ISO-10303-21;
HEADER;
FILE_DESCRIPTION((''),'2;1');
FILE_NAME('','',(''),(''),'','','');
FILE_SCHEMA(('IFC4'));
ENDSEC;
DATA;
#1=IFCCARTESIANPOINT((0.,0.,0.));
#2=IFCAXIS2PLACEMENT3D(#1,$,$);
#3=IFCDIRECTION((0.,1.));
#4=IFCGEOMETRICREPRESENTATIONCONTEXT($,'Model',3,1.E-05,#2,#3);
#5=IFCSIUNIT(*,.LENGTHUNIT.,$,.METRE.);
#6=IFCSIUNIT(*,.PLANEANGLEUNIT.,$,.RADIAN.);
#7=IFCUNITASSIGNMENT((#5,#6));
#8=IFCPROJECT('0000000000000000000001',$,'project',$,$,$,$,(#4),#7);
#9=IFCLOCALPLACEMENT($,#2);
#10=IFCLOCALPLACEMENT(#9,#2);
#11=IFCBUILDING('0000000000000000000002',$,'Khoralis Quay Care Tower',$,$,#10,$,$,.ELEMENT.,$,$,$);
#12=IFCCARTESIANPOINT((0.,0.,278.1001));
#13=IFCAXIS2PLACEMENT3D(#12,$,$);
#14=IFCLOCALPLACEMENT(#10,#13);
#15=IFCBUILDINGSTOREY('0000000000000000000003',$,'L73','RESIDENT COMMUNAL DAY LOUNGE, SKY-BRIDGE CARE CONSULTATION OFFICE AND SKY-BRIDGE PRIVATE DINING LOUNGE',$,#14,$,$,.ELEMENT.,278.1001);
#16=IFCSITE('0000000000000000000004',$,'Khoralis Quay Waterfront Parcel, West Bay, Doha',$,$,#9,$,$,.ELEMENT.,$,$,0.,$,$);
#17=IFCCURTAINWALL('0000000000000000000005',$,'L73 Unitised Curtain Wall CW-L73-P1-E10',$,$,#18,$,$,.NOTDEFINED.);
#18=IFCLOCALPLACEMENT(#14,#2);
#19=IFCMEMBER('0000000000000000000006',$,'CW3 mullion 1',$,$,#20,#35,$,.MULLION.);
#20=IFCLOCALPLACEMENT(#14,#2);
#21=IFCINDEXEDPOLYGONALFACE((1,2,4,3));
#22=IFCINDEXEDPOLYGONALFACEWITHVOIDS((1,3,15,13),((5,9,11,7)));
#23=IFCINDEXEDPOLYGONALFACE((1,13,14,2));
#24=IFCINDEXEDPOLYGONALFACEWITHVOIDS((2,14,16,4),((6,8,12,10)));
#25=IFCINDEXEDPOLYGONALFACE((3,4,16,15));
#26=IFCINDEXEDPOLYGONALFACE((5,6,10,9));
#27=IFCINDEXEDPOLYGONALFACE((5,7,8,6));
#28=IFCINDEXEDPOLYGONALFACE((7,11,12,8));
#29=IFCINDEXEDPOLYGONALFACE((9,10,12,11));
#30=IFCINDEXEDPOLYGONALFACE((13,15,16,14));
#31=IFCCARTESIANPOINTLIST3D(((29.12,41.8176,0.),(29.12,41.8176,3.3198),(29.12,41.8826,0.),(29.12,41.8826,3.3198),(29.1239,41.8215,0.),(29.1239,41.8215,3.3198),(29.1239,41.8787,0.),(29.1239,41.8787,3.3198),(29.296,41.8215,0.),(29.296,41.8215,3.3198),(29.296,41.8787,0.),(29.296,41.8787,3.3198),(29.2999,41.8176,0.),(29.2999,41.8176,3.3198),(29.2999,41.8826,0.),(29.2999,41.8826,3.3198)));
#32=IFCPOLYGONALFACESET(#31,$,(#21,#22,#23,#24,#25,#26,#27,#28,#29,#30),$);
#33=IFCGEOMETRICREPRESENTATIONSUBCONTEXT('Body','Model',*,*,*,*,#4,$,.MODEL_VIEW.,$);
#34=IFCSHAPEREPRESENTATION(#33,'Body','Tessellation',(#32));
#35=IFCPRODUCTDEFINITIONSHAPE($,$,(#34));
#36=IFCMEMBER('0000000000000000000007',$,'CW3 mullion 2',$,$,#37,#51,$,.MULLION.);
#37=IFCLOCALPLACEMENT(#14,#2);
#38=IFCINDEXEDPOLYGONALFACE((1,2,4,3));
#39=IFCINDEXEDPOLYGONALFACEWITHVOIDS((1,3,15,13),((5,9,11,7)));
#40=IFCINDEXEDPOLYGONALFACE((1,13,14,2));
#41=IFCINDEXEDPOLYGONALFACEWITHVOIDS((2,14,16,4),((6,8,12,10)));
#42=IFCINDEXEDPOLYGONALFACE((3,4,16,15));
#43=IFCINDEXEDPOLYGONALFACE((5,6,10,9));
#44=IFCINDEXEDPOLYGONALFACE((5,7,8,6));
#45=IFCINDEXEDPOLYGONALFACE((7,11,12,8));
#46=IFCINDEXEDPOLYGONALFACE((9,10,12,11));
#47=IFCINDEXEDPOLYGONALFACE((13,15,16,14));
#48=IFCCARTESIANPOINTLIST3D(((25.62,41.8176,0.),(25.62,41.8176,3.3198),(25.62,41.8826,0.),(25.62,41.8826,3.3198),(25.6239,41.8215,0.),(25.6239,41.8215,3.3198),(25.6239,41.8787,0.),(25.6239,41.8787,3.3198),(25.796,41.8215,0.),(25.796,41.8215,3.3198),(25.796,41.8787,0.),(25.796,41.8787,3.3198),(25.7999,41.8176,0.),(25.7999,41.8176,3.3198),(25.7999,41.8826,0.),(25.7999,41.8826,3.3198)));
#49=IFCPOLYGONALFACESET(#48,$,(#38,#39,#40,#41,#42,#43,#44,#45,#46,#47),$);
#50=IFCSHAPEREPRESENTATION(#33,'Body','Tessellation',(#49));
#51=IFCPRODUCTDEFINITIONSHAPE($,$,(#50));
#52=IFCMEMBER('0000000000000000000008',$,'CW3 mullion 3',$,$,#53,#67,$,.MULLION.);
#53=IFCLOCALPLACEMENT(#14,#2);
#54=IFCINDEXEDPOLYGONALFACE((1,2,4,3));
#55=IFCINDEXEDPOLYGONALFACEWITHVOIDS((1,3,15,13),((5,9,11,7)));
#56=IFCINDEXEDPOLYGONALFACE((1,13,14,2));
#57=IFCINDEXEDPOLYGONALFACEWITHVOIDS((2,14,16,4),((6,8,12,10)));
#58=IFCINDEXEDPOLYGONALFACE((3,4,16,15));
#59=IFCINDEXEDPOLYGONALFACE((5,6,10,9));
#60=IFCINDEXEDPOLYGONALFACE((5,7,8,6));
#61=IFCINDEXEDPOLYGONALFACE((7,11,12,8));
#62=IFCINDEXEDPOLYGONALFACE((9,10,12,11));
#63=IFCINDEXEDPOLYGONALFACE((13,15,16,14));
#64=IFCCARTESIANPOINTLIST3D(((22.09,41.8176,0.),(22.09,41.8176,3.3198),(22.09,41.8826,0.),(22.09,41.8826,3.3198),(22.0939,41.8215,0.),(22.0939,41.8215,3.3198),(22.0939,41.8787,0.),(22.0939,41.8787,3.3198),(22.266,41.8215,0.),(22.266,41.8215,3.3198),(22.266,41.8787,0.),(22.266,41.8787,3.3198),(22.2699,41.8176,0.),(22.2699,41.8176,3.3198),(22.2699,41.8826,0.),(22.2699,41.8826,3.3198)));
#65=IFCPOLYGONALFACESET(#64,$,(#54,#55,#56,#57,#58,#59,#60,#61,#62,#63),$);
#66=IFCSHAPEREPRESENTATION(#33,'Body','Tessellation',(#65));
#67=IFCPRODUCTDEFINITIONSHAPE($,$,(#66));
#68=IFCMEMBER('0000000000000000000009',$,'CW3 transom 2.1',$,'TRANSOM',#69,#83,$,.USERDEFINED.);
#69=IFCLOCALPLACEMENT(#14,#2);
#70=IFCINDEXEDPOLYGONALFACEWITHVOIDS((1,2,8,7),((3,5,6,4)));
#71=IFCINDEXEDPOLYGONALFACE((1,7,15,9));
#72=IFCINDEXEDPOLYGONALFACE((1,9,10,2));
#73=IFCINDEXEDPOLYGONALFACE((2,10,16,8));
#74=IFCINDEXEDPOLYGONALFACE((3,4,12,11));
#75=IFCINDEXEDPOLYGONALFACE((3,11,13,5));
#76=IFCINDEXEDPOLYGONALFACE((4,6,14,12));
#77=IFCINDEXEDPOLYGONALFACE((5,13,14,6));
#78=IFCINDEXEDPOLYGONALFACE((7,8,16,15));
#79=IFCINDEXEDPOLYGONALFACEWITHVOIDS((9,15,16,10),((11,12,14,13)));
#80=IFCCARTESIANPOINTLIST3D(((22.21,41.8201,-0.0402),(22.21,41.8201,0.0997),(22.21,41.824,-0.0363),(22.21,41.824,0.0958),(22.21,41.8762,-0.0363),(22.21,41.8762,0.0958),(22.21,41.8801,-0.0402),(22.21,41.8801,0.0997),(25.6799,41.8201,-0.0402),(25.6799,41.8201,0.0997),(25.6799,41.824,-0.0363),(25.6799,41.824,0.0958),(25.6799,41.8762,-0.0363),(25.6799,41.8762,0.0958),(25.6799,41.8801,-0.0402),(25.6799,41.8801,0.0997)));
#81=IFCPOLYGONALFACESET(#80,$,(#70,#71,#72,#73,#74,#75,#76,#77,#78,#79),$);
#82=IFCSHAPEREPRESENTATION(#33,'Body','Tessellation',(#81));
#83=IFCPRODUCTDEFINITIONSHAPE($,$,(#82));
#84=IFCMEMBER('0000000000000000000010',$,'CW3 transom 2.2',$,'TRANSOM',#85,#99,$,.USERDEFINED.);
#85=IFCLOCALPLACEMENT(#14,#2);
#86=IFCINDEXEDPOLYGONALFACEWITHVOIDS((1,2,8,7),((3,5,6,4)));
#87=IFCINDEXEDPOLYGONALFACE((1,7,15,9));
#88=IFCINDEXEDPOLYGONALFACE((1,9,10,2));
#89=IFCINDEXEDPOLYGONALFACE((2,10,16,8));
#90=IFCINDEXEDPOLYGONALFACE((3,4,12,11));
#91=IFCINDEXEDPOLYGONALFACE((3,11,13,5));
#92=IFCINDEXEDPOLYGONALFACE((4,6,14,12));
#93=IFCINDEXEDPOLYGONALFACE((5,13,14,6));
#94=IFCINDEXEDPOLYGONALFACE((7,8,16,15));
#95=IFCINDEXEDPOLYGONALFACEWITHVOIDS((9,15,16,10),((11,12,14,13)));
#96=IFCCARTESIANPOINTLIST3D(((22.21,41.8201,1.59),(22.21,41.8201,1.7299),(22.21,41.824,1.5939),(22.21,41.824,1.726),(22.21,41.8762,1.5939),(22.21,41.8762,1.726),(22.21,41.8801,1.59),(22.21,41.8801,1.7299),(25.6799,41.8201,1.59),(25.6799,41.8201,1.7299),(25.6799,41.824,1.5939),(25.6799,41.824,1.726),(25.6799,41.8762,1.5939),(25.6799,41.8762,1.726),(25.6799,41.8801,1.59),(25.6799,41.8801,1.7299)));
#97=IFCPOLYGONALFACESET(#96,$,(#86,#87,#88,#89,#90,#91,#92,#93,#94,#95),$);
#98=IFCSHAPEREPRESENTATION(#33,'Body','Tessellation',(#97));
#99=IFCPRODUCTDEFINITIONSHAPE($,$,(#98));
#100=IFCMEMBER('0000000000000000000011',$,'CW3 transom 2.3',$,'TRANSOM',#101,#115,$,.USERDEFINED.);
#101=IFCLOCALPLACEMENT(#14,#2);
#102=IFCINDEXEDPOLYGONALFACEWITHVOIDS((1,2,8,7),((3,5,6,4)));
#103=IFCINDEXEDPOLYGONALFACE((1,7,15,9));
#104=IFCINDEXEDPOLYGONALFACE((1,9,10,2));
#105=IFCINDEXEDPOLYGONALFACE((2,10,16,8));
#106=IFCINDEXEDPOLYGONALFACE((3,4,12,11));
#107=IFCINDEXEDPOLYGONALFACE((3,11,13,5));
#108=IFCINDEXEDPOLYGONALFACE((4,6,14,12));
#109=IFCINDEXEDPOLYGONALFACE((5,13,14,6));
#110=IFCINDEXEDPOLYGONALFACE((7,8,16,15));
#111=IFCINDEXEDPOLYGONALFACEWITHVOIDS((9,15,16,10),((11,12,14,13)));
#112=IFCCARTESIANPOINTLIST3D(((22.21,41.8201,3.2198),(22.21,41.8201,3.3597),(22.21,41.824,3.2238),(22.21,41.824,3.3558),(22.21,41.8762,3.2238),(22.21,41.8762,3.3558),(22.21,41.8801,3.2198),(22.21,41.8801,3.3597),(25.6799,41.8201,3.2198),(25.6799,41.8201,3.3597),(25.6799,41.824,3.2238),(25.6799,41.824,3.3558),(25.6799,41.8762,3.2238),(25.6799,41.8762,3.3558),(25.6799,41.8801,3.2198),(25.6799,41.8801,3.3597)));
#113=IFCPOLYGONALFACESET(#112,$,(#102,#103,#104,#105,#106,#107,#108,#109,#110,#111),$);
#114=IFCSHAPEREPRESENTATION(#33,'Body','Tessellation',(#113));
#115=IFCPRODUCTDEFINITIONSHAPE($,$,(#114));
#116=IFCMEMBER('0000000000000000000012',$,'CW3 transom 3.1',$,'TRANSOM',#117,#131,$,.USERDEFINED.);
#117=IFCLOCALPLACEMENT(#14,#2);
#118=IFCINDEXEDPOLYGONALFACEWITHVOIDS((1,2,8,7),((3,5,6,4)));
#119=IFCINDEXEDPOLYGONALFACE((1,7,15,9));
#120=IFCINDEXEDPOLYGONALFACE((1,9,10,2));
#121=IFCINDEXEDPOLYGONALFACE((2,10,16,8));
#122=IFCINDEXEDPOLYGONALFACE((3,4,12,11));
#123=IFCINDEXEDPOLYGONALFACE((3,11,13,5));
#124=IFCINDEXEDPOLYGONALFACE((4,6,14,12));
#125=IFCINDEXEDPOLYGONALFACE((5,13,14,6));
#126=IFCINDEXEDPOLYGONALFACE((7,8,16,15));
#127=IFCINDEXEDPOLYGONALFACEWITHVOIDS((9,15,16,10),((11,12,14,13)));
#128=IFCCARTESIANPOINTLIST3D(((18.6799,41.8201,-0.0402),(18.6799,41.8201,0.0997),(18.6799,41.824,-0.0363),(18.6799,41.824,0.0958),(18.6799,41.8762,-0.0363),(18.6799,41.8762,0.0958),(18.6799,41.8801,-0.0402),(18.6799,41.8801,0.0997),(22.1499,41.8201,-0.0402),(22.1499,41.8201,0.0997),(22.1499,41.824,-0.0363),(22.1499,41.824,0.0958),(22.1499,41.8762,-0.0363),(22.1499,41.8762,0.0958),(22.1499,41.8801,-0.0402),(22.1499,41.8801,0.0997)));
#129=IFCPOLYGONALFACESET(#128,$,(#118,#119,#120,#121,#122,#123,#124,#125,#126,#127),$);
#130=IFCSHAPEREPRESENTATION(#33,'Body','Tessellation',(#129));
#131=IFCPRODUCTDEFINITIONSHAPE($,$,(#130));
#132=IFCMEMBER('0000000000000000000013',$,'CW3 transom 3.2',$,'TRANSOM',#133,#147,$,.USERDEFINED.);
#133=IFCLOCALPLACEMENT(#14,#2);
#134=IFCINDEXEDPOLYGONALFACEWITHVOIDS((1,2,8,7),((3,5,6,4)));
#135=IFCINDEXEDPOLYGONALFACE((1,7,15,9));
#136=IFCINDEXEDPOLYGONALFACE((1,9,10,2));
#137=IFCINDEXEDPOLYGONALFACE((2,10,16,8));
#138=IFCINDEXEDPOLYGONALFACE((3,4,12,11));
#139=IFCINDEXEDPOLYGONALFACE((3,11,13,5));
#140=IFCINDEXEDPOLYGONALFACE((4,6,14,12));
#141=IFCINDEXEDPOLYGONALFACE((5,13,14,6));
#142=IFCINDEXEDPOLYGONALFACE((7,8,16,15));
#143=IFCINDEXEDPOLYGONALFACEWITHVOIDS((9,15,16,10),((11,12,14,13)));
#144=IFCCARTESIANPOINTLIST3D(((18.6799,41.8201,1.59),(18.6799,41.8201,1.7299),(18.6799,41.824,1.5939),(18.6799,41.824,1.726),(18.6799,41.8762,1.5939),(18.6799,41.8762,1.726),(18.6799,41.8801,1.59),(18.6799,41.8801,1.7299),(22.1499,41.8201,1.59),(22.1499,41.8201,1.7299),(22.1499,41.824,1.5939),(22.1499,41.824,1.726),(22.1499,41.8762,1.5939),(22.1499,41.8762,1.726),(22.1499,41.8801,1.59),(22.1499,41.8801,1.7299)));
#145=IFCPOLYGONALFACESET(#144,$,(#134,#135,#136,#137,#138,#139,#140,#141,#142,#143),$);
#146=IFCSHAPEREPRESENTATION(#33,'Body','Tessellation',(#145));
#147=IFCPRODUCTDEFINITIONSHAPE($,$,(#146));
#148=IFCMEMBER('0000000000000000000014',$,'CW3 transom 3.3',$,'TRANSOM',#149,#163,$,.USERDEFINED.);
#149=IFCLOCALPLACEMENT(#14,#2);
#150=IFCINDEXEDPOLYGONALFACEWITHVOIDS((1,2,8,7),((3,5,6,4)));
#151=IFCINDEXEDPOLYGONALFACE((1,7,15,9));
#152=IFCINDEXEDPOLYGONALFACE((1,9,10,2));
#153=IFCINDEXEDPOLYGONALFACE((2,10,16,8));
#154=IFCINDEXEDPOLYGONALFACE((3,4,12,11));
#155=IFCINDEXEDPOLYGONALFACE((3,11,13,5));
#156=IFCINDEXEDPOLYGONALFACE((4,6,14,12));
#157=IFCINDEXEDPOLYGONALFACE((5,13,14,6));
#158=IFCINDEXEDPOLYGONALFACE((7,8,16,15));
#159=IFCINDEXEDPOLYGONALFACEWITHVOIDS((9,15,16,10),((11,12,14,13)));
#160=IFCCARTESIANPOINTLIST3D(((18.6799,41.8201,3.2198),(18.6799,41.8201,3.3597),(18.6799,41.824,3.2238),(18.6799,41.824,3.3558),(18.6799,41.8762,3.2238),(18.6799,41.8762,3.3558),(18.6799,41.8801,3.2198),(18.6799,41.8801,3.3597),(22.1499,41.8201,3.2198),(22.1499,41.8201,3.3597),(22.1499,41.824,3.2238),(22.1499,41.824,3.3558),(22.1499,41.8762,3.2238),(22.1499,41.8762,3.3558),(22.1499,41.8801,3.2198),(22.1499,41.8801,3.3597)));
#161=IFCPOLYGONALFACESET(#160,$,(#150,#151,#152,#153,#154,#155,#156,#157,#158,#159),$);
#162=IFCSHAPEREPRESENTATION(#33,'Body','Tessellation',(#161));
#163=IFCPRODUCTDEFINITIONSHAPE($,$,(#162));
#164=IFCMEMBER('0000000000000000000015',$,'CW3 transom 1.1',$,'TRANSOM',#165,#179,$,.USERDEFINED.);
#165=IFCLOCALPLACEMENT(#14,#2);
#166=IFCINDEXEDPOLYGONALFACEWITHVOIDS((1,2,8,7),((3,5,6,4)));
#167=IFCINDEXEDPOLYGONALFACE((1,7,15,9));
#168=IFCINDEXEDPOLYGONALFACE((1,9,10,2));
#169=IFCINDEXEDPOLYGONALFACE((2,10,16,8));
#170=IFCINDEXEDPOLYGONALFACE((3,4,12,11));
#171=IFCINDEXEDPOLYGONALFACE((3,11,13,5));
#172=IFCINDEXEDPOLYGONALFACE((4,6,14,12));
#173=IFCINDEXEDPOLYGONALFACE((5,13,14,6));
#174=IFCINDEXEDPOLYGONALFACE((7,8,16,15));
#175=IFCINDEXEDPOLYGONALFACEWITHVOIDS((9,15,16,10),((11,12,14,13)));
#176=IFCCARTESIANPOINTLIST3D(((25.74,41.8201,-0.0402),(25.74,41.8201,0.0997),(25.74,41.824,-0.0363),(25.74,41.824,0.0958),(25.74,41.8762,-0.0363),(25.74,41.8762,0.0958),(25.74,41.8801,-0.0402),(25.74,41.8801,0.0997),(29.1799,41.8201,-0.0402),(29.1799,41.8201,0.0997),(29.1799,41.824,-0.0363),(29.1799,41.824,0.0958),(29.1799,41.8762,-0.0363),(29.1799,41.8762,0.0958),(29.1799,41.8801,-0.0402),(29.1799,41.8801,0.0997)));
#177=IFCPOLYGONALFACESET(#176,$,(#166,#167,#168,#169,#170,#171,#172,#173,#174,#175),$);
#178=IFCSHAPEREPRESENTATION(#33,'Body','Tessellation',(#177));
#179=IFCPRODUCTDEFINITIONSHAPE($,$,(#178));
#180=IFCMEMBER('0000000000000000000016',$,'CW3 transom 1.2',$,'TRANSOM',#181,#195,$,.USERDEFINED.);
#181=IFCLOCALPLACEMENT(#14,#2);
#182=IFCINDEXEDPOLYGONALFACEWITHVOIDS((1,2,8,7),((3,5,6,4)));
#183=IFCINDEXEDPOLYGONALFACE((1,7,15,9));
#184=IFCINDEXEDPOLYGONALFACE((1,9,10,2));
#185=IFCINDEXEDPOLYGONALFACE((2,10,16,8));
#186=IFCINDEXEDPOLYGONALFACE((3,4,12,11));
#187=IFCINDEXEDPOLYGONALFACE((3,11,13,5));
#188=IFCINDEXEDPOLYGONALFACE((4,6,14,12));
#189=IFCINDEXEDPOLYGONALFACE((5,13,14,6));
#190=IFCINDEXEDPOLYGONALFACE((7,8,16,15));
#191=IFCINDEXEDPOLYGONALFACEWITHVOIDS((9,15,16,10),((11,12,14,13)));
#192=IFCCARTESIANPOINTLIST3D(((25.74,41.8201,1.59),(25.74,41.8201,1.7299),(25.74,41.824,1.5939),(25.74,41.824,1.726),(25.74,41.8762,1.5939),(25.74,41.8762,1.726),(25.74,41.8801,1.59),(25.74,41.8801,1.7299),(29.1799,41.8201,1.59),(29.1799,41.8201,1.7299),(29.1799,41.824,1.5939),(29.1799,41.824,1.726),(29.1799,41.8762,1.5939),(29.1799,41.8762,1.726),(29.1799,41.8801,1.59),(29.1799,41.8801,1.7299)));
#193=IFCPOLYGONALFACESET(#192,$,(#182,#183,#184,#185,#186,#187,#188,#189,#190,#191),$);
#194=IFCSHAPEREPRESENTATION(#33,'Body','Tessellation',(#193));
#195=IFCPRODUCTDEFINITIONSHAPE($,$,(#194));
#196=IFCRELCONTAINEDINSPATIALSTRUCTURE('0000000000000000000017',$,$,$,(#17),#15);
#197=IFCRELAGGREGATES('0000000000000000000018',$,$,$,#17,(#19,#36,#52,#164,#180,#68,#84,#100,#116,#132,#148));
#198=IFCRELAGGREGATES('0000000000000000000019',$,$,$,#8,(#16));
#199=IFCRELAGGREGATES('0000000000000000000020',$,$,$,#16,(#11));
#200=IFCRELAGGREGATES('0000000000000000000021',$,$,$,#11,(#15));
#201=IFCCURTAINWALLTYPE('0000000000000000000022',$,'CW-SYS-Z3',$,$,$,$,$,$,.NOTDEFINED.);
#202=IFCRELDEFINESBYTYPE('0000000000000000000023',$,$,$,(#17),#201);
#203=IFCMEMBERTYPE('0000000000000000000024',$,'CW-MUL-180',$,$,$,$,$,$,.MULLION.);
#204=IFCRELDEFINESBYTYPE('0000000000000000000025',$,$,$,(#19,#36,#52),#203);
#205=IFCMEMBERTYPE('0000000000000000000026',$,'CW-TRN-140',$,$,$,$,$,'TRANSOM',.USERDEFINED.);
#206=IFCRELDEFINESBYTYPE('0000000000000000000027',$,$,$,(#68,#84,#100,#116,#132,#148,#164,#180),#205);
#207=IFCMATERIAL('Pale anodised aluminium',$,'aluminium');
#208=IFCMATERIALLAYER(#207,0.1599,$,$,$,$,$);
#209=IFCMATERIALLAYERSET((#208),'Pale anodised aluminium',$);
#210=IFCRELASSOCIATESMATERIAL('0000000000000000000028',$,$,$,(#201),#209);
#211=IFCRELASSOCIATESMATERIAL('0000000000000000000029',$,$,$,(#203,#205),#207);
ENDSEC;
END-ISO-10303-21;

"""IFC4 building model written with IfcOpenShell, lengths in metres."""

from ifc_helpers import new_model, si_unit, direction, frame, origin, origin_2d, place, context, subcontext, project, spatial, hollow_rectangle, extrude, source, transform, mapped, material, layer, layer_set, material_profile, profile_set, type_object, element, aggregate, save


model = new_model("IFC4")

# Units and contexts
model_context = context("Model", 3, precision=1e-05, world=origin(), true_north=direction((0.0, 1.0)))
body_context = subcontext(model_context, "Body", "Model", "MODEL_VIEW")
ifc_project = project(units=[si_unit("LENGTHUNIT", "METRE"), si_unit("PLANEANGLEUNIT", "RADIAN")], contexts=[model_context])

# Site, building, storey
site_placement = place(None, origin())
site = spatial("IfcSite", under=ifc_project, at=site_placement, Name="Khoralis Quay Waterfront Parcel, West Bay, Doha", CompositionType="ELEMENT", RefElevation=0.0)
building_placement = place(site_placement, origin())
building = spatial("IfcBuilding", under=site, at=building_placement, Name="Khoralis Quay Care Tower", CompositionType="ELEMENT")
storey_placement = place(building_placement, frame((0.0, 0.0, 278.1001)))
storey = spatial("IfcBuildingStorey", under=building, at=storey_placement, Name="L73", Description="RESIDENT COMMUNAL DAY LOUNGE, SKY-BRIDGE CARE CONSULTATION OFFICE AND SKY-BRIDGE PRIVATE DINING LOUNGE", CompositionType="ELEMENT", Elevation=278.1001)

# Curtain wall, members
ifc_material_1 = material(Name="Pale anodised aluminium", Category="aluminium")
ifc_layer_1 = layer(ifc_material_1, 0.1599)
ifc_layer_set_1 = layer_set([ifc_layer_1], Name="Pale anodised aluminium")
curtain_wall_type = type_object("IfcCurtainWallType", Name="CW-SYS-Z3", PredefinedType="NOTDEFINED", material=ifc_layer_set_1)
curtain_wall_placement = place(storey_placement, origin())
curtain_wall = element("IfcCurtainWall", 1, at=curtain_wall_placement, inside=storey, type_object=curtain_wall_type, Name="L73 Unitised Curtain Wall CW-L73-P1-E10", PredefinedType="NOTDEFINED")
ifc_material_profile_1 = material_profile(ifc_material_1, hollow_rectangle(XDim=0.0649, YDim=0.1799, WallThickness=0.0039, at=origin_2d()), Name="Pale anodised aluminium")
ifc_profile_set_1 = profile_set([ifc_material_profile_1], Name="Pale anodised aluminium")
member_type_1 = type_object("IfcMemberType", Name="CW-MUL-180", PredefinedType="MULLION", material=ifc_profile_set_1)
shared_shape_1 = source(origin(), body_context, "Body", "SweptSolid", [
    extrude(hollow_rectangle(XDim=0.0649, YDim=0.1799, WallThickness=0.0039, at=origin_2d()), origin(), (0.0, 0.0, 1.0), 3.3198),
])
member_1_placement = place(storey_placement, frame((29.21, 41.8501, 0.0), z_axis=(0.0, 0.0, 1.0), x_axis=(0.0, -1.0, 0.0)))
member_1 = element("IfcMember", 2, at=member_1_placement, type_object=member_type_1, Name="CW3 mullion 1", PredefinedType="MULLION", context=body_context, shape_type="MappedRepresentation", body=[
    mapped(shared_shape_1, transform((0.0, 0.0, 0.0), scale=1.0)),
])
member_2_placement = place(storey_placement, frame((25.71, 41.8501, 0.0), z_axis=(0.0, 0.0, 1.0), x_axis=(0.0, -1.0, 0.0)))
member_2 = element("IfcMember", 3, at=member_2_placement, type_object=member_type_1, Name="CW3 mullion 2", PredefinedType="MULLION", context=body_context, shape_type="MappedRepresentation", body=[
    mapped(shared_shape_1, transform((0.0, 0.0, 0.0), scale=1.0)),
])
member_3_placement = place(storey_placement, frame((22.1799, 41.8501, 0.0), z_axis=(0.0, 0.0, 1.0), x_axis=(0.0, -1.0, 0.0)))
member_3 = element("IfcMember", 4, at=member_3_placement, type_object=member_type_1, Name="CW3 mullion 3", PredefinedType="MULLION", context=body_context, shape_type="MappedRepresentation", body=[
    mapped(shared_shape_1, transform((0.0, 0.0, 0.0), scale=1.0)),
])
ifc_material_profile_2 = material_profile(ifc_material_1, hollow_rectangle(XDim=0.0601, YDim=0.1399, WallThickness=0.0039, at=origin_2d()), Name="Pale anodised aluminium")
ifc_profile_set_2 = profile_set([ifc_material_profile_2], Name="Pale anodised aluminium")
member_type_2 = type_object("IfcMemberType", Name="CW-TRN-140", ElementType="TRANSOM", PredefinedType="USERDEFINED", material=ifc_profile_set_2)
shared_shape_2 = source(origin(), body_context, "Body", "SweptSolid", [
    extrude(hollow_rectangle(XDim=0.0601, YDim=0.1399, WallThickness=0.0039, at=origin_2d()), origin(), (0.0, 0.0, 1.0), 3.47),
])
member_4_placement = place(storey_placement, frame((25.6799, 41.8501, 0.0298), z_axis=(-1.0, 0.0, 0.0), x_axis=(0.0, -1.0, 0.0)))
member_4 = element("IfcMember", 5, at=member_4_placement, type_object=member_type_2, Name="CW3 transom 2.1", ObjectType="TRANSOM", PredefinedType="USERDEFINED", context=body_context, shape_type="MappedRepresentation", body=[
    mapped(shared_shape_2, transform((0.0, 0.0, 0.0), scale=1.0)),
])
member_5_placement = place(storey_placement, frame((25.6799, 41.8501, 1.6599), z_axis=(-1.0, 0.0, 0.0), x_axis=(0.0, -1.0, 0.0)))
member_5 = element("IfcMember", 6, at=member_5_placement, type_object=member_type_2, Name="CW3 transom 2.2", ObjectType="TRANSOM", PredefinedType="USERDEFINED", context=body_context, shape_type="MappedRepresentation", body=[
    mapped(shared_shape_2, transform((0.0, 0.0, 0.0), scale=1.0)),
])
member_6_placement = place(storey_placement, frame((25.6799, 41.8501, 3.2898), z_axis=(-1.0, 0.0, 0.0), x_axis=(0.0, -1.0, 0.0)))
member_6 = element("IfcMember", 7, at=member_6_placement, type_object=member_type_2, Name="CW3 transom 2.3", ObjectType="TRANSOM", PredefinedType="USERDEFINED", context=body_context, shape_type="MappedRepresentation", body=[
    mapped(shared_shape_2, transform((0.0, 0.0, 0.0), scale=1.0)),
])
member_7_placement = place(storey_placement, frame((22.1499, 41.8501, 0.0298), z_axis=(-1.0, 0.0, 0.0), x_axis=(0.0, -1.0, 0.0)))
member_7 = element("IfcMember", 8, at=member_7_placement, type_object=member_type_2, Name="CW3 transom 3.1", ObjectType="TRANSOM", PredefinedType="USERDEFINED", context=body_context, shape_type="MappedRepresentation", body=[
    mapped(shared_shape_2, transform((0.0, 0.0, 0.0), scale=1.0)),
])
member_8_placement = place(storey_placement, frame((22.1499, 41.8501, 1.6599), z_axis=(-1.0, 0.0, 0.0), x_axis=(0.0, -1.0, 0.0)))
member_8 = element("IfcMember", 9, at=member_8_placement, type_object=member_type_2, Name="CW3 transom 3.2", ObjectType="TRANSOM", PredefinedType="USERDEFINED", context=body_context, shape_type="MappedRepresentation", body=[
    mapped(shared_shape_2, transform((0.0, 0.0, 0.0), scale=1.0)),
])
member_9_placement = place(storey_placement, frame((22.1499, 41.8501, 3.2898), z_axis=(-1.0, 0.0, 0.0), x_axis=(0.0, -1.0, 0.0)))
member_9 = element("IfcMember", 10, at=member_9_placement, type_object=member_type_2, Name="CW3 transom 3.3", ObjectType="TRANSOM", PredefinedType="USERDEFINED", context=body_context, shape_type="MappedRepresentation", body=[
    mapped(shared_shape_2, transform((0.0, 0.0, 0.0), scale=1.0)),
])
shared_shape_3 = source(origin(), body_context, "Body", "SweptSolid", [
    extrude(hollow_rectangle(XDim=0.0601, YDim=0.1399, WallThickness=0.0039, at=origin_2d()), origin(), (0.0, 0.0, 1.0), 3.4399),
])
member_10_placement = place(storey_placement, frame((29.1799, 41.8501, 0.0298), z_axis=(-1.0, 0.0, 0.0), x_axis=(0.0, -1.0, 0.0)))
member_10 = element("IfcMember", 11, at=member_10_placement, type_object=member_type_2, Name="CW3 transom 1.1", ObjectType="TRANSOM", PredefinedType="USERDEFINED", context=body_context, shape_type="MappedRepresentation", body=[
    mapped(shared_shape_3, transform((0.0, 0.0, 0.0), scale=1.0)),
])
member_11_placement = place(storey_placement, frame((29.1799, 41.8501, 1.6599), z_axis=(-1.0, 0.0, 0.0), x_axis=(0.0, -1.0, 0.0)))
member_11 = element("IfcMember", 12, at=member_11_placement, type_object=member_type_2, Name="CW3 transom 1.2", ObjectType="TRANSOM", PredefinedType="USERDEFINED", context=body_context, shape_type="MappedRepresentation", body=[
    mapped(shared_shape_3, transform((0.0, 0.0, 0.0), scale=1.0)),
])
aggregate(curtain_wall, [member_1, member_2, member_3, member_10, member_11, member_4, member_5, member_6, member_7, member_8, member_9])

save(model, "model.ifc")
